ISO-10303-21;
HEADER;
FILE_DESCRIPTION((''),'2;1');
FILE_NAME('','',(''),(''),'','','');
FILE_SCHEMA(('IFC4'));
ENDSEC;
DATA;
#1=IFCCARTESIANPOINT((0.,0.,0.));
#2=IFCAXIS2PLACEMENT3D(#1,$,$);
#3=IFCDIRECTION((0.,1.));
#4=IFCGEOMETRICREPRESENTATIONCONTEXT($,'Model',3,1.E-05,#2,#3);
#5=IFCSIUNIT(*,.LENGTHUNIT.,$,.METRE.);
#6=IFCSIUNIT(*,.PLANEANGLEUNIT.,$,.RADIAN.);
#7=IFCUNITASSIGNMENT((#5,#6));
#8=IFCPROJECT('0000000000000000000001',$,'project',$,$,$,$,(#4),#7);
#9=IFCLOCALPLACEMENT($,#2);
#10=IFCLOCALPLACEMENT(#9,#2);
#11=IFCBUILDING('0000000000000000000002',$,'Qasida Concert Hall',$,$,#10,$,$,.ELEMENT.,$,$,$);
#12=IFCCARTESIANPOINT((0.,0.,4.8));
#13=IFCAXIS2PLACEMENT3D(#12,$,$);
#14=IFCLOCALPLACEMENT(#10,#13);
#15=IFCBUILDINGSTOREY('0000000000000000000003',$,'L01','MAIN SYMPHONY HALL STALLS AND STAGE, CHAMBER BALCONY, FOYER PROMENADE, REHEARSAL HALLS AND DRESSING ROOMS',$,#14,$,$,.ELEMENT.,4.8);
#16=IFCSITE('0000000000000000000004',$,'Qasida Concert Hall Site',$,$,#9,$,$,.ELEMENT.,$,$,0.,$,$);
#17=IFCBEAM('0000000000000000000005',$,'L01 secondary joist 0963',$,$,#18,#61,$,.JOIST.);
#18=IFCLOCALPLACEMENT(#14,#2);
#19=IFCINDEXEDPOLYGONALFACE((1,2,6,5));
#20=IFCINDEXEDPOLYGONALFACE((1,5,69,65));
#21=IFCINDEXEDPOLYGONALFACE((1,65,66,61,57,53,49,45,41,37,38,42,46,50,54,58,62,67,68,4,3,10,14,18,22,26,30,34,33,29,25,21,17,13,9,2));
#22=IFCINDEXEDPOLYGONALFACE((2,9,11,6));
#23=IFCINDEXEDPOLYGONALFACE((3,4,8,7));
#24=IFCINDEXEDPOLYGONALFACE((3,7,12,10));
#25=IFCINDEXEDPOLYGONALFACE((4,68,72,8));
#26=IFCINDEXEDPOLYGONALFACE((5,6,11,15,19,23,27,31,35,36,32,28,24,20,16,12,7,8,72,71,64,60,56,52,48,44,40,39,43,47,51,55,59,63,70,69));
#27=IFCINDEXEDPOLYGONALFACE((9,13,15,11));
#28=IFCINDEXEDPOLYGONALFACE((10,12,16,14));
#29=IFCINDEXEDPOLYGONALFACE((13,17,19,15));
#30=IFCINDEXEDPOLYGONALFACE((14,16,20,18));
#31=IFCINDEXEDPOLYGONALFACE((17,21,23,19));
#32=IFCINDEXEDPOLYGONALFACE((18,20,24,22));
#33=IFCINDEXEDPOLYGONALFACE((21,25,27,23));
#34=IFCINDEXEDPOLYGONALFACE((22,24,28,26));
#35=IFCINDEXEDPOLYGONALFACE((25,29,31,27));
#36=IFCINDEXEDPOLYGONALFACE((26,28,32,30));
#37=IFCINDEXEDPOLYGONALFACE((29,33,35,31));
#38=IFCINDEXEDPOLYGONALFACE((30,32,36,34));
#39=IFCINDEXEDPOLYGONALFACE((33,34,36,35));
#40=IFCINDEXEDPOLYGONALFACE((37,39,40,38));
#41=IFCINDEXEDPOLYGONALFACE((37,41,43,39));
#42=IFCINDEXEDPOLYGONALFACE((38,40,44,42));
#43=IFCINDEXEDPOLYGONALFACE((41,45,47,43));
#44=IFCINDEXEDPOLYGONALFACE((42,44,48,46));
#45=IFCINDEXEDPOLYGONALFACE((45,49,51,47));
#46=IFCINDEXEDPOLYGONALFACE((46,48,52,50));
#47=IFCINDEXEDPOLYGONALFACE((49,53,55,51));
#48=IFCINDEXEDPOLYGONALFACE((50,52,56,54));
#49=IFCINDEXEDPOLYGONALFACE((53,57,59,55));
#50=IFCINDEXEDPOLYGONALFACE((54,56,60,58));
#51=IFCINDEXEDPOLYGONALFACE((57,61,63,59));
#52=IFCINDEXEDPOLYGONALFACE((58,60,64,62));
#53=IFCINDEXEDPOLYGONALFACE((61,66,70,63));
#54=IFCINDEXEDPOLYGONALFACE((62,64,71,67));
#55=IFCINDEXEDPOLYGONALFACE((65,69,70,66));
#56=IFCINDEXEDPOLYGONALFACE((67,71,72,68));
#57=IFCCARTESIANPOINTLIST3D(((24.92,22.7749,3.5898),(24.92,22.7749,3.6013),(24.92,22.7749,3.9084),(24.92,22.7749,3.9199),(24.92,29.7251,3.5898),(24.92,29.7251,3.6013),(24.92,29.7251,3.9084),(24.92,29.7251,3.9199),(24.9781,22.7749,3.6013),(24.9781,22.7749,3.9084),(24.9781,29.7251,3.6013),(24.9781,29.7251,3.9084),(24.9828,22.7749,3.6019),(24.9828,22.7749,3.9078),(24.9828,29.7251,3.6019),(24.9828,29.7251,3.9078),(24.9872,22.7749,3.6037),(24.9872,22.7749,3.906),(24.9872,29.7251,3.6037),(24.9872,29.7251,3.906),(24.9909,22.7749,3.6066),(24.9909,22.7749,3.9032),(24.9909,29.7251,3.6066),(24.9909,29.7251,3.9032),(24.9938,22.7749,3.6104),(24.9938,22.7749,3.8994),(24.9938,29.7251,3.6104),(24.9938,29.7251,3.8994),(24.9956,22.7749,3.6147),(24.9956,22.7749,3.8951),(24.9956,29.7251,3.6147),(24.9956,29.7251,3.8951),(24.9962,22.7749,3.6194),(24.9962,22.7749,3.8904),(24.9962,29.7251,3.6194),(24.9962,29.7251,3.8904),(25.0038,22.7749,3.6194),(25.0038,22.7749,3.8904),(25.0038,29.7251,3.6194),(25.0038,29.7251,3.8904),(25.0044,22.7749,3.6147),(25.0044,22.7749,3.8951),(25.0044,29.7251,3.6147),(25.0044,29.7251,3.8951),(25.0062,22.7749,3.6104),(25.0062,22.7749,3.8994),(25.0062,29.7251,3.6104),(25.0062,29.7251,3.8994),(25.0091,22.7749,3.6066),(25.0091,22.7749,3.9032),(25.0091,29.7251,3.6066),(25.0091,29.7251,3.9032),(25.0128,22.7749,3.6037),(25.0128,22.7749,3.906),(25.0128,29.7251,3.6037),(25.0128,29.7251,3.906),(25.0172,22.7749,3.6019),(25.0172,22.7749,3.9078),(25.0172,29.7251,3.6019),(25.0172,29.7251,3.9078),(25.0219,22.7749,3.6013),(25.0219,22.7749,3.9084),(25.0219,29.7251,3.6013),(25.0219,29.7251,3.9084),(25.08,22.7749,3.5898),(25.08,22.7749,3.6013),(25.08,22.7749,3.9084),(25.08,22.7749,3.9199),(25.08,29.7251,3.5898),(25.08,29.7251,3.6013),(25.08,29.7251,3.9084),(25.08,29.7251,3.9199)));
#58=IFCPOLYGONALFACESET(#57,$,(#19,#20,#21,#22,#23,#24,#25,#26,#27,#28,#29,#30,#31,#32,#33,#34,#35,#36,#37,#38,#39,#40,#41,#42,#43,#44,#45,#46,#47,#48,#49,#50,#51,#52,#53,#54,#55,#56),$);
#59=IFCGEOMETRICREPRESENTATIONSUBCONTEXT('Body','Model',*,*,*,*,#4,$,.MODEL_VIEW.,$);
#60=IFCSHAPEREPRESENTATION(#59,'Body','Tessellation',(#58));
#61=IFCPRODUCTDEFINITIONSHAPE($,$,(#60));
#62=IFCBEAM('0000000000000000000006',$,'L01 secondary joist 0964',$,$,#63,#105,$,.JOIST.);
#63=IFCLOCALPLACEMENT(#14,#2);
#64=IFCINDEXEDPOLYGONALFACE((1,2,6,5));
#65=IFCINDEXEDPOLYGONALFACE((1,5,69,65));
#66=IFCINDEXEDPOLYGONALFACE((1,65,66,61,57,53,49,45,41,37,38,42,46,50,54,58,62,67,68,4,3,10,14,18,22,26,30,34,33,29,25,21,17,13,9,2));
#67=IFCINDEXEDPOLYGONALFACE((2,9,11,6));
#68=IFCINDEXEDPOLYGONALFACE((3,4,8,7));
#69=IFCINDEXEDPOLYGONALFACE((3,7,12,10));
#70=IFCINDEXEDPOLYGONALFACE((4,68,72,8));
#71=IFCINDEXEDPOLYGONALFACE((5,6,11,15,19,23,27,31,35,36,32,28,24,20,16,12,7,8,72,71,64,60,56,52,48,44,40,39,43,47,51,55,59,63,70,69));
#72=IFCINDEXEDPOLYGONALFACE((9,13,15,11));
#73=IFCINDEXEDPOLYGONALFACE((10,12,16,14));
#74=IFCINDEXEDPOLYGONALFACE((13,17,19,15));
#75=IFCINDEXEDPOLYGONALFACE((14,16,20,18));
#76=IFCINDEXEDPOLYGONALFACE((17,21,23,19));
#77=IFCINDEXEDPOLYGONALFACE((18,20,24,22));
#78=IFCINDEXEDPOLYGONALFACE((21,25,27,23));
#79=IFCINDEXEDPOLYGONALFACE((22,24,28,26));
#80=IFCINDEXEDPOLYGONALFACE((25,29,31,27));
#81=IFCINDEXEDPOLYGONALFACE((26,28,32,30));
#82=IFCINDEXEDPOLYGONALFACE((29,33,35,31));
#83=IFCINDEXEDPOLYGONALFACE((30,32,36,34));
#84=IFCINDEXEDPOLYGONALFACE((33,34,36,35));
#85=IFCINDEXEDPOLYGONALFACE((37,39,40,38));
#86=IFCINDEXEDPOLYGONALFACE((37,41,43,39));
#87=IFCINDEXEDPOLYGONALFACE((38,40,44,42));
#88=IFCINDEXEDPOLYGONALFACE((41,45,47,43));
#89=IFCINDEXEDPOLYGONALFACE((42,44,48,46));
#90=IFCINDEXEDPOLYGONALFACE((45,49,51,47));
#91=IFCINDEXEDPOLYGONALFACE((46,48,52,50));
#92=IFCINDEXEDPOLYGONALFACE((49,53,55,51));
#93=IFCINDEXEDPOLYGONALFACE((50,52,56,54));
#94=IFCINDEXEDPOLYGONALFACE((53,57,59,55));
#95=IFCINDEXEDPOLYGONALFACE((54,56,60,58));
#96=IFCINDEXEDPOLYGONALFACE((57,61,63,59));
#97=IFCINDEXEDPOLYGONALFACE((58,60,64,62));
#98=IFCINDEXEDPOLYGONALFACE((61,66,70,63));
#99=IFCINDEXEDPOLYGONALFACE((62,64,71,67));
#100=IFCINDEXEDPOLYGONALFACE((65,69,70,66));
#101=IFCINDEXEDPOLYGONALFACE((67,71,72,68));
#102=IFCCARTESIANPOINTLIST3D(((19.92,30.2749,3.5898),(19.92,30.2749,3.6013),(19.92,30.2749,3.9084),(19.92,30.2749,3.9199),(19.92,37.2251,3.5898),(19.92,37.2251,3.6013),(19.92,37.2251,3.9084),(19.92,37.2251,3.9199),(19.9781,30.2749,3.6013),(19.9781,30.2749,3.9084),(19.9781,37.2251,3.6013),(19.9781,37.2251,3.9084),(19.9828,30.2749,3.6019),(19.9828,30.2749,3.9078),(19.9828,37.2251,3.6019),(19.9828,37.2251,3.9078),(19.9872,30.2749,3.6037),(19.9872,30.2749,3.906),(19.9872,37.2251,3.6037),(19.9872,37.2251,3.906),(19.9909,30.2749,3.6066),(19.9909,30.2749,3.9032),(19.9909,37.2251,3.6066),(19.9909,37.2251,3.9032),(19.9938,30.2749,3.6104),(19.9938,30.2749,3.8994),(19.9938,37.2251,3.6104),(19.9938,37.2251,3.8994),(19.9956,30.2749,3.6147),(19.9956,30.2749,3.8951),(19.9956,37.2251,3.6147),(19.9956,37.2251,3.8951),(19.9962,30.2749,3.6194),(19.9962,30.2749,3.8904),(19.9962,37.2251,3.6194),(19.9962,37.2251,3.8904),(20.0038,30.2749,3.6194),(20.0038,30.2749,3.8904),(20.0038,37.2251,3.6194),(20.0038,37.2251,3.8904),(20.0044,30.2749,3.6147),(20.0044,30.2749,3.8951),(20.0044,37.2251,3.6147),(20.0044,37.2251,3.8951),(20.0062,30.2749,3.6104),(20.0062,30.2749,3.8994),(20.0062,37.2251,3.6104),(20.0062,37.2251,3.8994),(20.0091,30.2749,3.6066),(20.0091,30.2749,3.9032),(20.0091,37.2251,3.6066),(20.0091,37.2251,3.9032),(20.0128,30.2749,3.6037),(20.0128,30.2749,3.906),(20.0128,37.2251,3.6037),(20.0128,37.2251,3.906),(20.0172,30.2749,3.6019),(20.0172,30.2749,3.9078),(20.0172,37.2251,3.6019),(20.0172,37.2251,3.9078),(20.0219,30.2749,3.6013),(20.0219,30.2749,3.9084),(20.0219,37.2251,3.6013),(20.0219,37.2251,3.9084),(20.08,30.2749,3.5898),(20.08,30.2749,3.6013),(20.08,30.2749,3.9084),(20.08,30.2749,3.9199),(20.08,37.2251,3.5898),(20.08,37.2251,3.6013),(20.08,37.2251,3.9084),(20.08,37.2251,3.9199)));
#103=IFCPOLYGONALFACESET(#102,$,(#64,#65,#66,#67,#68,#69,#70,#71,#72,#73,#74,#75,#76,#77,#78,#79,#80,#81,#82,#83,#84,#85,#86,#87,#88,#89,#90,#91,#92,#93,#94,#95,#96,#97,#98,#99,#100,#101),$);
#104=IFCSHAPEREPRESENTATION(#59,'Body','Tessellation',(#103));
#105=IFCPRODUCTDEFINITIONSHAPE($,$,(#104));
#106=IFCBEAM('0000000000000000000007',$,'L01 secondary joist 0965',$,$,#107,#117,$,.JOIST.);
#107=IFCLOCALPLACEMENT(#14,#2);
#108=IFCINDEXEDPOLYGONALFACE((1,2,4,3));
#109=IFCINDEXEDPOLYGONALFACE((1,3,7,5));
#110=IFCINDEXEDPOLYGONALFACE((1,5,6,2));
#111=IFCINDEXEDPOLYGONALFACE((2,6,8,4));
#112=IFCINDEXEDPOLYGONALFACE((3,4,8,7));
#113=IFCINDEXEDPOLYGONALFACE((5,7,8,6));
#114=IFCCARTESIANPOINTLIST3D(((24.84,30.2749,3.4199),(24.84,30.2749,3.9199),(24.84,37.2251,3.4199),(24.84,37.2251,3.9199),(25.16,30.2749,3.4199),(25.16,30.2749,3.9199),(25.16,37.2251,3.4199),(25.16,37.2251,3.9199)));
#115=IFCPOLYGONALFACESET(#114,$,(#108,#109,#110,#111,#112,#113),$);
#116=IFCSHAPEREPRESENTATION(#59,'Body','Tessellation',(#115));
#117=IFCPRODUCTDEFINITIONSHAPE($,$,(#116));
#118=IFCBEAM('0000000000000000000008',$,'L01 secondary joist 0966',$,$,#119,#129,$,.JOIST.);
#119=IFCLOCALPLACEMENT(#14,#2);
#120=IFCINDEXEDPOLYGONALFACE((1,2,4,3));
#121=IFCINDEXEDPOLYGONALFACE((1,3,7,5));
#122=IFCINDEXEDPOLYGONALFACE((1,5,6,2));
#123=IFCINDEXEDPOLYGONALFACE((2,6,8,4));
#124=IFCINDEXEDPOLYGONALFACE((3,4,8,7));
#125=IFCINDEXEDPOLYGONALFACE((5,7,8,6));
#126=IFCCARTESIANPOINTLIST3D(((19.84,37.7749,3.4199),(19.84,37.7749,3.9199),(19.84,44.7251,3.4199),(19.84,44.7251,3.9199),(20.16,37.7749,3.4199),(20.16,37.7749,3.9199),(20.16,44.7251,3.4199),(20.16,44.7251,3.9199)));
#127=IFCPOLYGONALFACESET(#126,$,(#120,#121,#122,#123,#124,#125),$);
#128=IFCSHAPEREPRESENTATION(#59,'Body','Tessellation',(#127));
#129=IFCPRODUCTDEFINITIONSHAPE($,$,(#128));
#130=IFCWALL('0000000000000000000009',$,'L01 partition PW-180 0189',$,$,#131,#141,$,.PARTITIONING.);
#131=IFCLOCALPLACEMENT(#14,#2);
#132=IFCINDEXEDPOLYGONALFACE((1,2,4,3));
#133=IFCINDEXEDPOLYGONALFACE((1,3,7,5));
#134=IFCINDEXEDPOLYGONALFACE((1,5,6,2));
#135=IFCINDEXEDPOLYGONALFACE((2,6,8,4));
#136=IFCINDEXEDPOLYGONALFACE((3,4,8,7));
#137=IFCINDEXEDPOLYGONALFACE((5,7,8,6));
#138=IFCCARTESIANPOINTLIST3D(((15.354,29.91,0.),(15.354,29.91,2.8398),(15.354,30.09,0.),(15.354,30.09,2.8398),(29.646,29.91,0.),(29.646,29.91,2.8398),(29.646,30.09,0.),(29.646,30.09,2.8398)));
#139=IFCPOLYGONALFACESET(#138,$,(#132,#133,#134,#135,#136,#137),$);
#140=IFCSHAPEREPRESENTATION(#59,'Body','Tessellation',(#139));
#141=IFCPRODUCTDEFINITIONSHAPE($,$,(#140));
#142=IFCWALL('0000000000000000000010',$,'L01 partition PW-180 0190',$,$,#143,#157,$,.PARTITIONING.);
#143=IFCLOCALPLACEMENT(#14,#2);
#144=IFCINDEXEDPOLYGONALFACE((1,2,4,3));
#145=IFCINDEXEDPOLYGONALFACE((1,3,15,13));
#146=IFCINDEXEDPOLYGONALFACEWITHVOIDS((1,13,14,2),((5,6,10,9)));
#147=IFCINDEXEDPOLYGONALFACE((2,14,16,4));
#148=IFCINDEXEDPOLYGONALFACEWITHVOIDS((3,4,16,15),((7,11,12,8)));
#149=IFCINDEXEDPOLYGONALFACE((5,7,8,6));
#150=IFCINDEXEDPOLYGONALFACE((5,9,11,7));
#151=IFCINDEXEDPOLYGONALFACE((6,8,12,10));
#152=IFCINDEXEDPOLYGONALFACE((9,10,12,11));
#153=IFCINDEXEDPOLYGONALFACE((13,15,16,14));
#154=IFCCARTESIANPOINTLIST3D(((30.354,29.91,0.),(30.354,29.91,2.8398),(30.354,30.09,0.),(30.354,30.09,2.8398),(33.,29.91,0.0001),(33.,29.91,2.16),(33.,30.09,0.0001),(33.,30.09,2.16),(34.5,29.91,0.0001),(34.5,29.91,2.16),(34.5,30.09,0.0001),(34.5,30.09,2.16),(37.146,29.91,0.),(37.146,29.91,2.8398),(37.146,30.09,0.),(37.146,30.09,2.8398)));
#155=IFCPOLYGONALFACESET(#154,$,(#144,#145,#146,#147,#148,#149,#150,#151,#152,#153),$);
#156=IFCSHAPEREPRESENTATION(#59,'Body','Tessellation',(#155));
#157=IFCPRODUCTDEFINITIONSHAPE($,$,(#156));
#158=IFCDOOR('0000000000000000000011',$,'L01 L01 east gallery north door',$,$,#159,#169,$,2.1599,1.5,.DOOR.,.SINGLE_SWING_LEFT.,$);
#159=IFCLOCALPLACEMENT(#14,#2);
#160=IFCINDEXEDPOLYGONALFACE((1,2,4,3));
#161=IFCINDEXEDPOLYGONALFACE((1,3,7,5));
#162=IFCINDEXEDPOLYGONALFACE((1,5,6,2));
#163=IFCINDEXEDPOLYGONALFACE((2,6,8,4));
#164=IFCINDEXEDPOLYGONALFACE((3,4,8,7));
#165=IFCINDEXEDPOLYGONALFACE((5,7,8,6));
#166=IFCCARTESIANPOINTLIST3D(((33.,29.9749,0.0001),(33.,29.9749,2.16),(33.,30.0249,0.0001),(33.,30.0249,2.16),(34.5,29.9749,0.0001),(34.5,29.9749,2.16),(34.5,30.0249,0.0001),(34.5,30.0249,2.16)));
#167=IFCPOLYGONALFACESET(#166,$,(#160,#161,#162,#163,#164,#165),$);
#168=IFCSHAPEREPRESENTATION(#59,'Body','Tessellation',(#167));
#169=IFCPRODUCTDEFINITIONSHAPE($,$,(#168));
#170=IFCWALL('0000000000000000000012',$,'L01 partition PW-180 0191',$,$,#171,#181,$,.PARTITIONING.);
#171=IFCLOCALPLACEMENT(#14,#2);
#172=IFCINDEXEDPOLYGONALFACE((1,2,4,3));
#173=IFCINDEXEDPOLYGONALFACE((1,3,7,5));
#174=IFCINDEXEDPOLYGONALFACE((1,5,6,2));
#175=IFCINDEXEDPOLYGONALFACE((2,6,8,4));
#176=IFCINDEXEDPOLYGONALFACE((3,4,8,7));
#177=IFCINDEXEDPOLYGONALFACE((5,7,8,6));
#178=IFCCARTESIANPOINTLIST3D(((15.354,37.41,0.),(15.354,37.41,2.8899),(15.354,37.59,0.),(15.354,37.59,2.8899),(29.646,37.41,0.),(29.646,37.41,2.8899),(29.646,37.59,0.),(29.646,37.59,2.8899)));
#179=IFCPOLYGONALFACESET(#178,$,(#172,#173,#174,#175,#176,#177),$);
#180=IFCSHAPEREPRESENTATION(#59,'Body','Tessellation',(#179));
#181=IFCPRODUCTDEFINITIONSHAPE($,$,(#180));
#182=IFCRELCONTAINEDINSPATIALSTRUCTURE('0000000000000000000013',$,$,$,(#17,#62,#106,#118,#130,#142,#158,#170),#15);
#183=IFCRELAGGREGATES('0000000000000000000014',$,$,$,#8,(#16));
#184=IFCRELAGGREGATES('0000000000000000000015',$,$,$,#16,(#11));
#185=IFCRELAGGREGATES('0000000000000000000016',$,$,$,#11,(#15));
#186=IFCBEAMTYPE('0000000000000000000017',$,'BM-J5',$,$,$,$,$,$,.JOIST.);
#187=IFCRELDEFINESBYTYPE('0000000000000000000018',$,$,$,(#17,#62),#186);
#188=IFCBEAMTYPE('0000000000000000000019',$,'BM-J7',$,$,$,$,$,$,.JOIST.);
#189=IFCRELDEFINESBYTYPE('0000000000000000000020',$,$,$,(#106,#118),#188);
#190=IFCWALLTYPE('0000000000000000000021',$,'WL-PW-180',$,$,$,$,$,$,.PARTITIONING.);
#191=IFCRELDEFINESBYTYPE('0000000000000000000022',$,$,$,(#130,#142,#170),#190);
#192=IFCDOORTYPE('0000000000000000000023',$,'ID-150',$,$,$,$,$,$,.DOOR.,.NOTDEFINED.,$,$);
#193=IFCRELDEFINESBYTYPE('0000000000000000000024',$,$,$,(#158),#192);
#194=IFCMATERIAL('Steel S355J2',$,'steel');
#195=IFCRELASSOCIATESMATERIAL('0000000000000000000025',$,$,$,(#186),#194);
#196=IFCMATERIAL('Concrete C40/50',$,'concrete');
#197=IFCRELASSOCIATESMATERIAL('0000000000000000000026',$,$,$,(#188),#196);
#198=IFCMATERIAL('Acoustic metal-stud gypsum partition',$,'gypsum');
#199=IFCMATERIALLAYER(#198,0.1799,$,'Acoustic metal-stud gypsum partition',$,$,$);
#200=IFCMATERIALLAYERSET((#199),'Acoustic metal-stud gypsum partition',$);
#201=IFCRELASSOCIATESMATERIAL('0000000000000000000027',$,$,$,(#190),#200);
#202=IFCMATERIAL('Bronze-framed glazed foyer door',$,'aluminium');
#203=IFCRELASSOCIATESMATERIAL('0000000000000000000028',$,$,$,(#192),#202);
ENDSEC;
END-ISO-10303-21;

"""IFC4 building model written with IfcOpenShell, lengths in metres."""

from ifc_helpers import new_model, si_unit, direction, frame, frame_2d, origin, origin_2d, place, context, subcontext, project, spatial, rectangle, i_section, extrude, material, layer, layer_set, material_profile, profile_set, type_object, element, fill, save


model = new_model("IFC4")

# Units and contexts
model_context = context("Model", 3, precision=1e-05, world=origin(), true_north=direction((0.0, 1.0)))
body_context = subcontext(model_context, "Body", "Model", "MODEL_VIEW")
ifc_project = project(units=[si_unit("LENGTHUNIT", "METRE"), si_unit("PLANEANGLEUNIT", "RADIAN")], contexts=[model_context])

# Site, building, storey
site_placement = place(None, origin())
site = spatial("IfcSite", under=ifc_project, at=site_placement, Name="Qasida Concert Hall Site", CompositionType="ELEMENT", RefElevation=0.0)
building_placement = place(site_placement, origin())
building = spatial("IfcBuilding", under=site, at=building_placement, Name="Qasida Concert Hall", CompositionType="ELEMENT")
storey_placement = place(building_placement, frame((0.0, 0.0, 4.8)))
storey = spatial("IfcBuildingStorey", under=building, at=storey_placement, Name="L01", Description="MAIN SYMPHONY HALL STALLS AND STAGE, CHAMBER BALCONY, FOYER PROMENADE, REHEARSAL HALLS AND DRESSING ROOMS", CompositionType="ELEMENT", Elevation=4.8)

# Beams
ifc_material_1 = material(Name="Concrete C40/50", Category="concrete")
ifc_material_2 = material(Name="Steel S355J2", Category="steel")
ifc_material_profile_1 = material_profile(ifc_material_2, i_section(OverallWidth=0.1599, OverallDepth=0.3301, WebThickness=0.0076, FlangeThickness=0.0115, FilletRadius=0.0181, at=origin_2d()), Name="IPE 330")
ifc_profile_set_1 = profile_set([ifc_material_profile_1], Name="Steel S355J2")
beam_type_1 = type_object("IfcBeamType", Name="BM-J5", PredefinedType="JOIST", material=ifc_profile_set_1)
for number, where, z_axis, x_axis, name in (
    (1, (25.0, 22.7749, 3.7549), (0.0, 1.0, 0.0), (-1.0, 0.0, 0.0), "L01 secondary joist 0963"),
    (2, (20.0, 30.2749, 3.7549), (0.0, 1.0, 0.0), (-1.0, 0.0, 0.0), "L01 secondary joist 0964"),
):
    element("IfcBeam", number, at=place(storey_placement, frame(where, z_axis=z_axis, x_axis=x_axis)), inside=storey, type_object=beam_type_1, Name=name, PredefinedType="JOIST", context=body_context, shape_type="SweptSolid", body=[
        extrude(i_section(OverallWidth=0.1599, OverallDepth=0.3301, WebThickness=0.0076, FlangeThickness=0.0115, FilletRadius=0.0181, at=origin_2d()), origin(), (0.0, 0.0, 1.0), 6.9502),
    ])
ifc_material_profile_2 = material_profile(ifc_material_1, rectangle(XDim=0.3201, YDim=0.5, at=origin_2d()), Name="RC 320x500")
ifc_profile_set_2 = profile_set([ifc_material_profile_2], Name="Concrete C40/50")
beam_type_2 = type_object("IfcBeamType", Name="BM-J7", PredefinedType="JOIST", material=ifc_profile_set_2)
for number, where, z_axis, x_axis, name in (
    (3, (25.0, 30.2749, 3.6699), (0.0, 1.0, 0.0), (-1.0, 0.0, 0.0), "L01 secondary joist 0965"),
    (4, (20.0, 37.7749, 3.6699), (0.0, 1.0, 0.0), (-1.0, 0.0, 0.0), "L01 secondary joist 0966"),
):
    element("IfcBeam", number, at=place(storey_placement, frame(where, z_axis=z_axis, x_axis=x_axis)), inside=storey, type_object=beam_type_2, Name=name, PredefinedType="JOIST", context=body_context, shape_type="SweptSolid", body=[
        extrude(rectangle(XDim=0.3201, YDim=0.5, at=origin_2d()), origin(), (0.0, 0.0, 1.0), 6.9502),
    ])

# Wall
ifc_material_3 = material(Name="Acoustic metal-stud gypsum partition", Category="gypsum")
ifc_layer_1 = layer(ifc_material_3, 0.1799, Name="Acoustic metal-stud gypsum partition")
ifc_layer_set_1 = layer_set([ifc_layer_1], Name="Acoustic metal-stud gypsum partition")
wall_type_1 = type_object("IfcWallType", Name="WL-PW-180", PredefinedType="PARTITIONING", material=ifc_layer_set_1)
wall_1_placement = place(storey_placement, frame((15.354, 30.0, 0.0), z_axis=(0.0, 0.0, 1.0), x_axis=(1.0, 0.0, 0.0)))
element("IfcWall", 5, at=wall_1_placement, inside=storey, type_object=wall_type_1, Name="L01 partition PW-180 0189", PredefinedType="PARTITIONING", context=body_context, shape_type="SweptSolid", body=[
    extrude(rectangle(XDim=14.292, YDim=0.1799, at=frame_2d((7.146, 0.0))), origin(), (0.0, 0.0, 1.0), 2.8398),
])

# Wall, opening, door
wall_2_placement = place(storey_placement, frame((30.354, 30.0, 0.0), z_axis=(0.0, 0.0, 1.0), x_axis=(1.0, 0.0, 0.0)))
wall_2 = element("IfcWall", 6, at=wall_2_placement, inside=storey, type_object=wall_type_1, Name="L01 partition PW-180 0190", PredefinedType="PARTITIONING", context=body_context, shape_type="SweptSolid", body=[
    extrude(rectangle(XDim=6.792, YDim=0.1799, at=frame_2d((3.396, 0.0))), origin(), (0.0, 0.0, 1.0), 2.8398),
])
opening_1_placement = place(wall_2_placement, frame((2.646, 0.0, 0.0)))
opening_1 = element("IfcOpeningElement", 7, at=opening_1_placement, cuts=wall_2, PredefinedType="OPENING", context=body_context, shape_type="SweptSolid", body=[
    extrude(rectangle(XDim=1.5, YDim=2.1599, at=frame_2d((0.75, 1.0801))), frame((0.0, 0.0999, 0.0), z_axis=(0.0, -1.0, 0.0), x_axis=(1.0, 0.0, 0.0)), (0.0, 0.0, 1.0), 0.2),
])
ifc_material_4 = material(Name="Bronze-framed glazed foyer door", Category="aluminium")
door_type = type_object("IfcDoorType", Name="ID-150", OperationType="NOTDEFINED", PredefinedType="DOOR", material=ifc_material_4)
door_1_placement = place(opening_1_placement, origin())
door_1 = element("IfcDoor", 8, at=door_1_placement, inside=storey, type_object=door_type, Name="L01 L01 east gallery north door", OperationType="SINGLE_SWING_LEFT", OverallHeight=2.1599, OverallWidth=1.5, PredefinedType="DOOR", context=body_context, shape_type="SweptSolid", body=[
    extrude(rectangle(XDim=1.5, YDim=2.1599, at=frame_2d((0.75, 1.0801))), frame((0.0, 0.0249, 0.0), z_axis=(0.0, -1.0, 0.0), x_axis=(1.0, 0.0, 0.0)), (0.0, 0.0, 1.0), 0.05),
])
fill(opening_1, door_1)

# Wall
wall_3_placement = place(storey_placement, frame((15.354, 37.5, 0.0), z_axis=(0.0, 0.0, 1.0), x_axis=(1.0, 0.0, 0.0)))
element("IfcWall", 9, at=wall_3_placement, inside=storey, type_object=wall_type_1, Name="L01 partition PW-180 0191", PredefinedType="PARTITIONING", context=body_context, shape_type="SweptSolid", body=[
    extrude(rectangle(XDim=14.292, YDim=0.1799, at=frame_2d((7.146, 0.0))), origin(), (0.0, 0.0, 1.0), 2.8899),
])

save(model, "model.ifc")
